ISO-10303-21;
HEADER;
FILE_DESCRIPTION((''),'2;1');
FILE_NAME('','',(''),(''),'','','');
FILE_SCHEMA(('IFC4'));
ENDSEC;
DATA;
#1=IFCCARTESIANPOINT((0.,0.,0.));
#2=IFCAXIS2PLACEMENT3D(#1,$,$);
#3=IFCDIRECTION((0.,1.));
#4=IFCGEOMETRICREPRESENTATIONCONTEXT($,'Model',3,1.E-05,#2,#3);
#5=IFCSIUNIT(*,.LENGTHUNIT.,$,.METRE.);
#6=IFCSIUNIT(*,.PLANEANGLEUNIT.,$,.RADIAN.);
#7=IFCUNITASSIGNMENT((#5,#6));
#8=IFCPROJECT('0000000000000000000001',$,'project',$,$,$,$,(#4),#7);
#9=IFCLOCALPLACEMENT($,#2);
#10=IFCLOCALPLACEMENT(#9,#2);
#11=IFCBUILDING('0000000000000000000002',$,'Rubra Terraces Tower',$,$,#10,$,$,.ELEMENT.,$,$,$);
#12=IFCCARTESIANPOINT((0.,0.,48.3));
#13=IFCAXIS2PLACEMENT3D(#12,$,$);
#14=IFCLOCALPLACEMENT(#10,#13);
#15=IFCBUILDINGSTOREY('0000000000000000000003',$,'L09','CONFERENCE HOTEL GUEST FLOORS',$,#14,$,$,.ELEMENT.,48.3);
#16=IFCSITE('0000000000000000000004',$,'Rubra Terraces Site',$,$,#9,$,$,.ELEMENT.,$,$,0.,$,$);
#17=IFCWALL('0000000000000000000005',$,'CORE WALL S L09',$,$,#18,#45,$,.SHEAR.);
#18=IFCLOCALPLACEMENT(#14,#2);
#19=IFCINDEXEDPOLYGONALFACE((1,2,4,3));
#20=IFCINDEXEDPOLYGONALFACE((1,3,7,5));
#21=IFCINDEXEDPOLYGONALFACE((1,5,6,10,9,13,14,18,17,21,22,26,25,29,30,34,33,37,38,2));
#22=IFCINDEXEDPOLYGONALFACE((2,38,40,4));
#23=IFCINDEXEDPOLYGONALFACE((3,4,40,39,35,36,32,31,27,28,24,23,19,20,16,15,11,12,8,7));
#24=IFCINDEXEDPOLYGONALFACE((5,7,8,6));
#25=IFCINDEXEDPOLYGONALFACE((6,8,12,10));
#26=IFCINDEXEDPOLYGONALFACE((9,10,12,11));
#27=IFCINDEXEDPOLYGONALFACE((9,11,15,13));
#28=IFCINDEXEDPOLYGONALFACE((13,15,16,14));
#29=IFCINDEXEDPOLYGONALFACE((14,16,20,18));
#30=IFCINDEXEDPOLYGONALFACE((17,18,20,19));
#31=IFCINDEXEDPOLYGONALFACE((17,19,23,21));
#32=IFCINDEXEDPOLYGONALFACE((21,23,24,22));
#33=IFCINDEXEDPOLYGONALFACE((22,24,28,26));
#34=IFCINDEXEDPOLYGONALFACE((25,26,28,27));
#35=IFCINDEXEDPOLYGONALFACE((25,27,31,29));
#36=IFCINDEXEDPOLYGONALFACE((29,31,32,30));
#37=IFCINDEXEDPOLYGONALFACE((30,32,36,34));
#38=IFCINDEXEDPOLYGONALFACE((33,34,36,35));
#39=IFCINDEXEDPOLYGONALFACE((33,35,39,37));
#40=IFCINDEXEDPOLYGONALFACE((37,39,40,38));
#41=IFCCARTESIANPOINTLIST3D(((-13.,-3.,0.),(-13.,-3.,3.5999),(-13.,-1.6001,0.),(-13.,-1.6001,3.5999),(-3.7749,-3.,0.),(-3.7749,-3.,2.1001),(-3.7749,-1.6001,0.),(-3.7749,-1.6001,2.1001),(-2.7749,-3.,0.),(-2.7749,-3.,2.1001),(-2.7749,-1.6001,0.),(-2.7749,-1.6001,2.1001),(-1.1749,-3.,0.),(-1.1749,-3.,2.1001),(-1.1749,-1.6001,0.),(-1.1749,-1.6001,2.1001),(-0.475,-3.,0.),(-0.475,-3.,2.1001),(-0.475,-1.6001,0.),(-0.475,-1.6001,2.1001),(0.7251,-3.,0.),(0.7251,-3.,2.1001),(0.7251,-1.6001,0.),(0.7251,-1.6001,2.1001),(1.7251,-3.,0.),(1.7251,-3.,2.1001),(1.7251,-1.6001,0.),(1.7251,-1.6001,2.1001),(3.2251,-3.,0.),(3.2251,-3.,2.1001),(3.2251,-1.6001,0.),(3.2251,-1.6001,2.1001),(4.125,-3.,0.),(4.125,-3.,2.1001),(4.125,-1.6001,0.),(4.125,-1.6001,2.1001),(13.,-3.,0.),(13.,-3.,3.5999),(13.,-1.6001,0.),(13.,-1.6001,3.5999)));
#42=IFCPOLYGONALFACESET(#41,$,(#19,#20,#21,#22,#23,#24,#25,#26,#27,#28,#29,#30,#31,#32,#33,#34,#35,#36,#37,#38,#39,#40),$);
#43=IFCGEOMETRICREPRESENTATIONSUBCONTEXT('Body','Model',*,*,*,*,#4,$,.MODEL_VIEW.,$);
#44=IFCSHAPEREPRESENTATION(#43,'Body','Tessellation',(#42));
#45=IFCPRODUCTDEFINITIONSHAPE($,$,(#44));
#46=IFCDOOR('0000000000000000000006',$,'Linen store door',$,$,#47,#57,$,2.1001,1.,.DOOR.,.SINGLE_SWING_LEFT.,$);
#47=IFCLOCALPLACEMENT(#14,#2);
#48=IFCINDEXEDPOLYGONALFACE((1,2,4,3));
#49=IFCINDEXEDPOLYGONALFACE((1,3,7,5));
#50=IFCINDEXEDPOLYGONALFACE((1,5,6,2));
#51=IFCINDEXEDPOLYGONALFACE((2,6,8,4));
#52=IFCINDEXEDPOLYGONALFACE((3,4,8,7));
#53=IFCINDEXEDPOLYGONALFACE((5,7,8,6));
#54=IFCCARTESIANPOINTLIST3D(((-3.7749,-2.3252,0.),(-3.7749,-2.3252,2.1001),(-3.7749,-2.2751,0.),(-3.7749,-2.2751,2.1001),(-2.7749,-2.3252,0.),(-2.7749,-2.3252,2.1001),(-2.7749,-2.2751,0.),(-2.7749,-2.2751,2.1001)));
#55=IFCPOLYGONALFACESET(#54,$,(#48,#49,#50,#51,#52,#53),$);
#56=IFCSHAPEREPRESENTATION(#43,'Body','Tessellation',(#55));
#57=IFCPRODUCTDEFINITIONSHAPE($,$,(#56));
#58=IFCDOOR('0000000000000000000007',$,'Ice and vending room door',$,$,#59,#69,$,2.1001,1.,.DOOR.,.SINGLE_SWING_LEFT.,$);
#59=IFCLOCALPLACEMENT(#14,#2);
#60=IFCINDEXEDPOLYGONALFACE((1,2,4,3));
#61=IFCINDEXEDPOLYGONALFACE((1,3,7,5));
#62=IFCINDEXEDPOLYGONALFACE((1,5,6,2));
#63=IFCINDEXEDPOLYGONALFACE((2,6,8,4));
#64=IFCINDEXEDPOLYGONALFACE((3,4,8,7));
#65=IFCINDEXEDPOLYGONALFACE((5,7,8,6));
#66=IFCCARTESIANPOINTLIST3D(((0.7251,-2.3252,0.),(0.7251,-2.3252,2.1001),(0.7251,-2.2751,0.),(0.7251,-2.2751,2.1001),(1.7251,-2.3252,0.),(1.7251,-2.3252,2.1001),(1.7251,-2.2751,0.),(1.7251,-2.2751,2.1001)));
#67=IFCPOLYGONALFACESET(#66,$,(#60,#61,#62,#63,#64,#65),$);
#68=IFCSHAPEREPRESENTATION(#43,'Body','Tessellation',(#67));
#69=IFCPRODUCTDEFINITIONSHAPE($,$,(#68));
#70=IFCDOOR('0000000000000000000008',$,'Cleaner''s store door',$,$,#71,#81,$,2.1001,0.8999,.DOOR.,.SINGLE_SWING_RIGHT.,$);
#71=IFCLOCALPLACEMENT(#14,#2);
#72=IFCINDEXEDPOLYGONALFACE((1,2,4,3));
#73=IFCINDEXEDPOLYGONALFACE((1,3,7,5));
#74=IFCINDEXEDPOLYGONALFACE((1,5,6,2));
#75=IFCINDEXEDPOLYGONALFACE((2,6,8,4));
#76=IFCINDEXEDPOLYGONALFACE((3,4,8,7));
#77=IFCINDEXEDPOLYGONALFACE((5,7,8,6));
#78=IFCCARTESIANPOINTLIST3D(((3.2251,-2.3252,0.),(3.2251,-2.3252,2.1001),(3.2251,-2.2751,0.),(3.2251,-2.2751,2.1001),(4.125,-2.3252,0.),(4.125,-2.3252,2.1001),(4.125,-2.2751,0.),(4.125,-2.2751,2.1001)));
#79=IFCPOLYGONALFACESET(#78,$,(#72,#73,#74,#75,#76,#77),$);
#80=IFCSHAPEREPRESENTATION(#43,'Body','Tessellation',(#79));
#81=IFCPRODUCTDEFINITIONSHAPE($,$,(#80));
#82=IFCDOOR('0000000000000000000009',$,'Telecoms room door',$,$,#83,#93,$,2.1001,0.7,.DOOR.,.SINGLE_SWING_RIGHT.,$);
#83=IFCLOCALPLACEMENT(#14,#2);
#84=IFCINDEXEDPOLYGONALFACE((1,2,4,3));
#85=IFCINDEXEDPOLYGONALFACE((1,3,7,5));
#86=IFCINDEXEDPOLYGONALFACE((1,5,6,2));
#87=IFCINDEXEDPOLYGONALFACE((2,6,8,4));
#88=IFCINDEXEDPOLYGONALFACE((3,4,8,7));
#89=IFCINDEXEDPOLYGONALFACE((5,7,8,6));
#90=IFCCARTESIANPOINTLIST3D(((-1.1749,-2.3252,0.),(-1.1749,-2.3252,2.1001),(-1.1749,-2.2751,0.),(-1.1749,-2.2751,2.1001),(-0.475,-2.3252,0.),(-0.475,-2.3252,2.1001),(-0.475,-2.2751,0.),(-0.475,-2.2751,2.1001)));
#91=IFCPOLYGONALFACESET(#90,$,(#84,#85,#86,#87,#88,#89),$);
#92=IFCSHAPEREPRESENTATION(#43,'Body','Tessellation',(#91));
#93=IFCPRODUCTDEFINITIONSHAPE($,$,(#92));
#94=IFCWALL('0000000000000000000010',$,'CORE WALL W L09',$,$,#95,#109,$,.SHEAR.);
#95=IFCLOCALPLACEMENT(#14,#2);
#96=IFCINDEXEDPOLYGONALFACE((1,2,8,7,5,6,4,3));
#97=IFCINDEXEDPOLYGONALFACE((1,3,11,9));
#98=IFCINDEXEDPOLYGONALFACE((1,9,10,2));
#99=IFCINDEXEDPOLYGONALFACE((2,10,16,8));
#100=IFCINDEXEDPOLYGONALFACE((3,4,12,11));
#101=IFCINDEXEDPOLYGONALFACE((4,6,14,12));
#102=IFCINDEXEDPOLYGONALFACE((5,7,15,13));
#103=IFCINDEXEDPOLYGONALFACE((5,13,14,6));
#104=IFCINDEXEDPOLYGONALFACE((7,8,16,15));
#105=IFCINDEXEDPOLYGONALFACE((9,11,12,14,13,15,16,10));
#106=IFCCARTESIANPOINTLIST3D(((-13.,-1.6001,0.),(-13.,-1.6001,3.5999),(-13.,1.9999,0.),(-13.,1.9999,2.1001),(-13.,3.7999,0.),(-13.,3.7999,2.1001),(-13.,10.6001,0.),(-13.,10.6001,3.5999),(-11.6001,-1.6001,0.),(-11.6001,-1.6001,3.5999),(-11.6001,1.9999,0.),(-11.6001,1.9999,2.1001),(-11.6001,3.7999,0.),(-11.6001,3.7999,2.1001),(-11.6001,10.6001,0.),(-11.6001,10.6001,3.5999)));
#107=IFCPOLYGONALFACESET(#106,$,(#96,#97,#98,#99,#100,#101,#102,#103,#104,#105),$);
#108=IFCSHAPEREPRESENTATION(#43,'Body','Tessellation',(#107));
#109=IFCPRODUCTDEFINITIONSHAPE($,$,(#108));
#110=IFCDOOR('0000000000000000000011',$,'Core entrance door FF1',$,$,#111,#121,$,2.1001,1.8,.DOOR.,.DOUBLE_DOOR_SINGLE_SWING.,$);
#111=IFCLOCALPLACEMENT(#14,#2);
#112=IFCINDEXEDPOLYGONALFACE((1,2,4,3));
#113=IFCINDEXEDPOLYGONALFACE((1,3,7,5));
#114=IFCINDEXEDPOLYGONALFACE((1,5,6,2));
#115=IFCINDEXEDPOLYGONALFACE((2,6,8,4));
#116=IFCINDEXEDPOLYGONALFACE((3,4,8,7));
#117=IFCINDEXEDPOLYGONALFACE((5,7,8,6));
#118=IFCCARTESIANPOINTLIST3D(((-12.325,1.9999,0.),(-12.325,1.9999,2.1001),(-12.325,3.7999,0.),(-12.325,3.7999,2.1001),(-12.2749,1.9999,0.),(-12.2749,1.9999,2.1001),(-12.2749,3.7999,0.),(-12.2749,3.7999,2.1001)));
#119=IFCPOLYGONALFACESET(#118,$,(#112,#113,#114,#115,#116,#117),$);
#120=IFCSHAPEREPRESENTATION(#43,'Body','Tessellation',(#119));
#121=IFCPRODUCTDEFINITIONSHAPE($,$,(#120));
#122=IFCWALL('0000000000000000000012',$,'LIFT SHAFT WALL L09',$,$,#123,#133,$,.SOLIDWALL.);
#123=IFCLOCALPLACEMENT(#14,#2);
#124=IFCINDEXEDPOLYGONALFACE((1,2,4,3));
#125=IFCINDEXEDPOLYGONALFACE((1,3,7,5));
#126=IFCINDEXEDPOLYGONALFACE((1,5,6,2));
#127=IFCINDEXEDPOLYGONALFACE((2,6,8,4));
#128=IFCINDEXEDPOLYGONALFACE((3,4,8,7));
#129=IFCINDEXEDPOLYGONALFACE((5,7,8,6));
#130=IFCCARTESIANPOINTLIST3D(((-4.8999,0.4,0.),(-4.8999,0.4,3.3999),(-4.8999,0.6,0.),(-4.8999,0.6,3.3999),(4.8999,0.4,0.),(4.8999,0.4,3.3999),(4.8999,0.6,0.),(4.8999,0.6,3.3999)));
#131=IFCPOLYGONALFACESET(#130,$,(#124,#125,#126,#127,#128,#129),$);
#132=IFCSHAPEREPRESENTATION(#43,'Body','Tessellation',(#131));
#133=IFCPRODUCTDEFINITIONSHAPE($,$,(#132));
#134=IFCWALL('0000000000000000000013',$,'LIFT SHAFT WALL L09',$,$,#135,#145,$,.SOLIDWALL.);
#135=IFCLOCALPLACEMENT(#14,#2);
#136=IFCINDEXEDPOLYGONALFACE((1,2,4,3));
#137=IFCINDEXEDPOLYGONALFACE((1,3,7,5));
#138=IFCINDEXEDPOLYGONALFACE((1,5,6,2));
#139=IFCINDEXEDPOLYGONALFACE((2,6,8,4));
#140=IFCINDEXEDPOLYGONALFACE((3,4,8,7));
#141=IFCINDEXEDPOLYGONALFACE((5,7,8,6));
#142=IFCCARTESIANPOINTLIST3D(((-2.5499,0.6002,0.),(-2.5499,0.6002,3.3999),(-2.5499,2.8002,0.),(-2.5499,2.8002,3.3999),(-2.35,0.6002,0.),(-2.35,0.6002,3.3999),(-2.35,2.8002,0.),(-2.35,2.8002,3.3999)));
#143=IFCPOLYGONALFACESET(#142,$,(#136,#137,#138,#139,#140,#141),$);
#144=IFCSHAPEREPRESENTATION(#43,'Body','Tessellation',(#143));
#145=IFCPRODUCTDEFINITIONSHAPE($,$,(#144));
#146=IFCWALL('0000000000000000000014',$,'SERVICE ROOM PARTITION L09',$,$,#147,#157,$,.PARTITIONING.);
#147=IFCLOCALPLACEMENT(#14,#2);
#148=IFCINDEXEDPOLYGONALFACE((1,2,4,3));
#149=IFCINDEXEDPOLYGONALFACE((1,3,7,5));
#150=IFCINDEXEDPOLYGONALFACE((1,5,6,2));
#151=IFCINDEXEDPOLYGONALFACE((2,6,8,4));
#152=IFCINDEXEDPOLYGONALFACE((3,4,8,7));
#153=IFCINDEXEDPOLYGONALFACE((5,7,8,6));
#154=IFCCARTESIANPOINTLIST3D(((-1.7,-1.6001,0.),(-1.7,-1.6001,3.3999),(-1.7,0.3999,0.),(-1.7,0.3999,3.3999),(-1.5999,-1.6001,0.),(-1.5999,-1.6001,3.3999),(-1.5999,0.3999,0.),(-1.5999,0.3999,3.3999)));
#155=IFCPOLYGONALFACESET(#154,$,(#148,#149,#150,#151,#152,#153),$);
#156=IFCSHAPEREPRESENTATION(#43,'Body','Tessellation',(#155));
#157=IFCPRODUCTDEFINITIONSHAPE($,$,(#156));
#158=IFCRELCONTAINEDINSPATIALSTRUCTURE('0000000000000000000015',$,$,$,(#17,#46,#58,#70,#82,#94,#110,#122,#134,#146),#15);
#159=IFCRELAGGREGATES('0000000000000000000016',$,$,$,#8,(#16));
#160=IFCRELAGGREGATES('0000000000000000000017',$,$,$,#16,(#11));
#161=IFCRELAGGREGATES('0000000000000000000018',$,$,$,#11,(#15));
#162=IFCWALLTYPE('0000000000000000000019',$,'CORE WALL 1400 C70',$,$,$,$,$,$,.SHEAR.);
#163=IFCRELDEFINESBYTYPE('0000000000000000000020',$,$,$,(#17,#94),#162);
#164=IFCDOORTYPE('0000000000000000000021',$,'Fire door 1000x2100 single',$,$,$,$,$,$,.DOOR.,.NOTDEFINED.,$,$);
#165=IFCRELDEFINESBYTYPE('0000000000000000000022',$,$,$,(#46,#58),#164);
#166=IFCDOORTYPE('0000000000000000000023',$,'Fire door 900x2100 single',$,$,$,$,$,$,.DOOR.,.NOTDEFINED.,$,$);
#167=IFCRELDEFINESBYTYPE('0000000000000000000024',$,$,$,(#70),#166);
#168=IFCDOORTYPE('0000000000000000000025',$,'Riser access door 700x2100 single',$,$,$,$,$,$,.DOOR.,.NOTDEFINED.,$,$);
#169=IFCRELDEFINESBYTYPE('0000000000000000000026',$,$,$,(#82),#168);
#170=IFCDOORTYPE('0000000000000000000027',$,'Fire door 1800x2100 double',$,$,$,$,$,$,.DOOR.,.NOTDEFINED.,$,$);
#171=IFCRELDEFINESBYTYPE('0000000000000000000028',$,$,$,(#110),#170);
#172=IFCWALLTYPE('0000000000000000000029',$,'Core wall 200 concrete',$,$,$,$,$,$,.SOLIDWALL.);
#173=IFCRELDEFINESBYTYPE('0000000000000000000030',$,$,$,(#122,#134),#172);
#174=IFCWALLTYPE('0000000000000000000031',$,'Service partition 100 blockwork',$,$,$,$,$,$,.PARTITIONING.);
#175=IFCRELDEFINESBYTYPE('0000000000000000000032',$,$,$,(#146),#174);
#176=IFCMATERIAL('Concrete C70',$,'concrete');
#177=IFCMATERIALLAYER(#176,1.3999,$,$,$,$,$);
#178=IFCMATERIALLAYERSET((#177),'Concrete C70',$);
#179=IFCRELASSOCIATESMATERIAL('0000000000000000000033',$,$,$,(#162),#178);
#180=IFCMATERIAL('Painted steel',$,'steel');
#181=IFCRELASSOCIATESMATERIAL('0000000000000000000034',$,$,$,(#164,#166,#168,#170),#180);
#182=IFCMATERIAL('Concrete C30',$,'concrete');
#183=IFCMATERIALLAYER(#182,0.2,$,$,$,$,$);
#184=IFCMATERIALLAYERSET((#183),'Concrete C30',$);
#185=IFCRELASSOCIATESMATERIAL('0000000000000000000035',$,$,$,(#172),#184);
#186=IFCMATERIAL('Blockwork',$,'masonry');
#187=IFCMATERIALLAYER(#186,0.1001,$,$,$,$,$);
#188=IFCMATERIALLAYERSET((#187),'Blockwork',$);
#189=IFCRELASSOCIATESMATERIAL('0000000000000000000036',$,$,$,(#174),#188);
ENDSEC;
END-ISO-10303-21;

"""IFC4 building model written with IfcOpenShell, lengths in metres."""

from ifc_helpers import new_model, si_unit, direction, frame, frame_2d, origin, place, context, subcontext, project, spatial, rectangle, extrude, material, layer, layer_set, type_object, element, fill, save


model = new_model("IFC4")

# Units and contexts
model_context = context("Model", 3, precision=1e-05, world=origin(), true_north=direction((0.0, 1.0)))
body_context = subcontext(model_context, "Body", "Model", "MODEL_VIEW")
ifc_project = project(units=[si_unit("LENGTHUNIT", "METRE"), si_unit("PLANEANGLEUNIT", "RADIAN")], contexts=[model_context])

# Site, building, storey
site_placement = place(None, origin())
site = spatial("IfcSite", under=ifc_project, at=site_placement, Name="Rubra Terraces Site", CompositionType="ELEMENT", RefElevation=0.0)
building_placement = place(site_placement, origin())
building = spatial("IfcBuilding", under=site, at=building_placement, Name="Rubra Terraces Tower", CompositionType="ELEMENT")
storey_placement = place(building_placement, frame((0.0, 0.0, 48.3)))
storey = spatial("IfcBuildingStorey", under=building, at=storey_placement, Name="L09", Description="CONFERENCE HOTEL GUEST FLOORS", CompositionType="ELEMENT", Elevation=48.3)

# Wall, openings, doors
ifc_material_1 = material(Name="Concrete C70", Category="concrete")
ifc_layer_1 = layer(ifc_material_1, 1.3999)
ifc_layer_set_1 = layer_set([ifc_layer_1], Name="Concrete C70")
wall_type_1 = type_object("IfcWallType", Name="CORE WALL 1400 C70", PredefinedType="SHEAR", material=ifc_layer_set_1)
wall_1_placement = place(storey_placement, frame((-13.0, -2.3, 0.0), z_axis=(0.0, 0.0, 1.0), x_axis=(1.0, 0.0, 0.0)))
wall_1 = element("IfcWall", 1, at=wall_1_placement, inside=storey, type_object=wall_type_1, Name="CORE WALL S L09", PredefinedType="SHEAR", context=body_context, shape_type="SweptSolid", body=[
    extrude(rectangle(XDim=26.0, YDim=1.3999, at=frame_2d((13.0, 0.0))), origin(), (0.0, 0.0, 1.0), 3.5999),
])
opening_1_placement = place(wall_1_placement, frame((9.2251, 0.0, 0.0)))
opening_1 = element("IfcOpeningElement", 2, at=opening_1_placement, cuts=wall_1, PredefinedType="OPENING", context=body_context, shape_type="SweptSolid", body=[
    extrude(rectangle(XDim=1.0, YDim=2.1001, at=frame_2d((0.5, 1.05))), frame((0.0, 0.71, 0.0), z_axis=(0.0, -1.0, 0.0), x_axis=(1.0, 0.0, 0.0)), (0.0, 0.0, 1.0), 1.4199),
])
opening_2_placement = place(wall_1_placement, frame((11.825, 0.0, 0.0)))
opening_2 = element("IfcOpeningElement", 3, at=opening_2_placement, cuts=wall_1, PredefinedType="OPENING", context=body_context, shape_type="SweptSolid", body=[
    extrude(rectangle(XDim=0.7, YDim=2.1001, at=frame_2d((0.3501, 1.05))), frame((0.0, 0.71, 0.0), z_axis=(0.0, -1.0, 0.0), x_axis=(1.0, 0.0, 0.0)), (0.0, 0.0, 1.0), 1.4199),
])
opening_3_placement = place(wall_1_placement, frame((13.7251, 0.0, 0.0)))
opening_3 = element("IfcOpeningElement", 4, at=opening_3_placement, cuts=wall_1, PredefinedType="OPENING", context=body_context, shape_type="SweptSolid", body=[
    extrude(rectangle(XDim=1.0, YDim=2.1001, at=frame_2d((0.5, 1.05))), frame((0.0, 0.71, 0.0), z_axis=(0.0, -1.0, 0.0), x_axis=(1.0, 0.0, 0.0)), (0.0, 0.0, 1.0), 1.4199),
])
opening_4_placement = place(wall_1_placement, frame((16.2251, 0.0, 0.0)))
opening_4 = element("IfcOpeningElement", 5, at=opening_4_placement, cuts=wall_1, PredefinedType="OPENING", context=body_context, shape_type="SweptSolid", body=[
    extrude(rectangle(XDim=0.8999, YDim=2.1001, at=frame_2d((0.45, 1.05))), frame((0.0, 0.71, 0.0), z_axis=(0.0, -1.0, 0.0), x_axis=(1.0, 0.0, 0.0)), (0.0, 0.0, 1.0), 1.4199),
])
ifc_material_2 = material(Name="Painted steel", Category="steel")
door_type_1 = type_object("IfcDoorType", Name="Fire door 1000x2100 single", OperationType="NOTDEFINED", PredefinedType="DOOR", material=ifc_material_2)
door_1_placement = place(opening_1_placement, origin())
door_1 = element("IfcDoor", 6, at=door_1_placement, inside=storey, type_object=door_type_1, Name="Linen store door", OperationType="SINGLE_SWING_LEFT", OverallHeight=2.1001, OverallWidth=1.0, PredefinedType="DOOR", context=body_context, shape_type="SweptSolid", body=[
    extrude(rectangle(XDim=1.0, YDim=2.1001, at=frame_2d((0.5, 1.05))), frame((0.0, 0.0249, 0.0), z_axis=(0.0, -1.0, 0.0), x_axis=(1.0, 0.0, 0.0)), (0.0, 0.0, 1.0), 0.05),
])
fill(opening_1, door_1)
door_2_placement = place(opening_3_placement, origin())
door_2 = element("IfcDoor", 7, at=door_2_placement, inside=storey, type_object=door_type_1, Name="Ice and vending room door", OperationType="SINGLE_SWING_LEFT", OverallHeight=2.1001, OverallWidth=1.0, PredefinedType="DOOR", context=body_context, shape_type="SweptSolid", body=[
    extrude(rectangle(XDim=1.0, YDim=2.1001, at=frame_2d((0.5, 1.05))), frame((0.0, 0.0249, 0.0), z_axis=(0.0, -1.0, 0.0), x_axis=(1.0, 0.0, 0.0)), (0.0, 0.0, 1.0), 0.05),
])
fill(opening_3, door_2)
door_type_2 = type_object("IfcDoorType", Name="Fire door 900x2100 single", OperationType="NOTDEFINED", PredefinedType="DOOR", material=ifc_material_2)
door_3_placement = place(opening_4_placement, origin())
door_3 = element("IfcDoor", 8, at=door_3_placement, inside=storey, type_object=door_type_2, Name="Cleaner's store door", OperationType="SINGLE_SWING_RIGHT", OverallHeight=2.1001, OverallWidth=0.8999, PredefinedType="DOOR", context=body_context, shape_type="SweptSolid", body=[
    extrude(rectangle(XDim=0.8999, YDim=2.1001, at=frame_2d((0.45, 1.05))), frame((0.0, 0.0249, 0.0), z_axis=(0.0, -1.0, 0.0), x_axis=(1.0, 0.0, 0.0)), (0.0, 0.0, 1.0), 0.05),
])
fill(opening_4, door_3)
door_type_3 = type_object("IfcDoorType", Name="Riser access door 700x2100 single", OperationType="NOTDEFINED", PredefinedType="DOOR", material=ifc_material_2)
door_4_placement = place(opening_2_placement, origin())
door_4 = element("IfcDoor", 9, at=door_4_placement, inside=storey, type_object=door_type_3, Name="Telecoms room door", OperationType="SINGLE_SWING_RIGHT", OverallHeight=2.1001, OverallWidth=0.7, PredefinedType="DOOR", context=body_context, shape_type="SweptSolid", body=[
    extrude(rectangle(XDim=0.7, YDim=2.1001, at=frame_2d((0.3501, 1.05))), frame((0.0, 0.0249, 0.0), z_axis=(0.0, -1.0, 0.0), x_axis=(1.0, 0.0, 0.0)), (0.0, 0.0, 1.0), 0.05),
])
fill(opening_2, door_4)

# Wall, opening, door
wall_2_placement = place(storey_placement, frame((-12.3, -1.6001, 0.0), z_axis=(0.0, 0.0, 1.0), x_axis=(0.0, 1.0, 0.0)))
wall_2 = element("IfcWall", 10, at=wall_2_placement, inside=storey, type_object=wall_type_1, Name="CORE WALL W L09", PredefinedType="SHEAR", context=body_context, shape_type="SweptSolid", body=[
    extrude(rectangle(XDim=12.2002, YDim=1.3999, at=frame_2d((6.1001, 0.0))), origin(), (0.0, 0.0, 1.0), 3.5999),
])
opening_5_placement = place(wall_2_placement, frame((3.6001, 0.0, 0.0)))
opening_5 = element("IfcOpeningElement", 11, at=opening_5_placement, cuts=wall_2, PredefinedType="OPENING", context=body_context, shape_type="SweptSolid", body=[
    extrude(rectangle(XDim=1.8, YDim=2.1001, at=frame_2d((0.8999, 1.05))), frame((0.0, 0.71, 0.0), z_axis=(0.0, -1.0, 0.0), x_axis=(1.0, 0.0, 0.0)), (0.0, 0.0, 1.0), 1.4199),
])
door_type_4 = type_object("IfcDoorType", Name="Fire door 1800x2100 double", OperationType="NOTDEFINED", PredefinedType="DOOR", material=ifc_material_2)
door_5_placement = place(opening_5_placement, origin())
door_5 = element("IfcDoor", 12, at=door_5_placement, inside=storey, type_object=door_type_4, Name="Core entrance door FF1", OperationType="DOUBLE_DOOR_SINGLE_SWING", OverallHeight=2.1001, OverallWidth=1.8, PredefinedType="DOOR", context=body_context, shape_type="SweptSolid", body=[
    extrude(rectangle(XDim=1.8, YDim=2.1001, at=frame_2d((0.8999, 1.05))), frame((0.0, 0.0249, 0.0), z_axis=(0.0, -1.0, 0.0), x_axis=(1.0, 0.0, 0.0)), (0.0, 0.0, 1.0), 0.05),
])
fill(opening_5, door_5)

# Walls
ifc_material_3 = material(Name="Concrete C30", Category="concrete")
ifc_layer_2 = layer(ifc_material_3, 0.2)
ifc_layer_set_2 = layer_set([ifc_layer_2], Name="Concrete C30")
wall_type_2 = type_object("IfcWallType", Name="Core wall 200 concrete", PredefinedType="SOLIDWALL", material=ifc_layer_set_2)
wall_3_placement = place(storey_placement, frame((-4.8999, 0.5, 0.0), z_axis=(0.0, 0.0, 1.0), x_axis=(1.0, 0.0, 0.0)))
element("IfcWall", 13, at=wall_3_placement, inside=storey, type_object=wall_type_2, Name="LIFT SHAFT WALL L09", PredefinedType="SOLIDWALL", context=body_context, shape_type="SweptSolid", body=[
    extrude(rectangle(XDim=9.7998, YDim=0.2, at=frame_2d((4.8999, 0.0))), origin(), (0.0, 0.0, 1.0), 3.3999),
])
wall_4_placement = place(storey_placement, frame((-2.45, 0.6001, 0.0), z_axis=(0.0, 0.0, 1.0), x_axis=(0.0, 1.0, 0.0)))
element("IfcWall", 14, at=wall_4_placement, inside=storey, type_object=wall_type_2, Name="LIFT SHAFT WALL L09", PredefinedType="SOLIDWALL", context=body_context, shape_type="SweptSolid", body=[
    extrude(rectangle(XDim=2.2, YDim=0.2, at=frame_2d((1.1001, 0.0))), origin(), (0.0, 0.0, 1.0), 3.3999),
])
ifc_material_4 = material(Name="Blockwork", Category="masonry")
ifc_layer_3 = layer(ifc_material_4, 0.1001)
ifc_layer_set_3 = layer_set([ifc_layer_3], Name="Blockwork")
wall_type_3 = type_object("IfcWallType", Name="Service partition 100 blockwork", PredefinedType="PARTITIONING", material=ifc_layer_set_3)
wall_5_placement = place(storey_placement, frame((-1.6499, -1.6001, 0.0), z_axis=(0.0, 0.0, 1.0), x_axis=(0.0, 1.0, 0.0)))
element("IfcWall", 15, at=wall_5_placement, inside=storey, type_object=wall_type_3, Name="SERVICE ROOM PARTITION L09", PredefinedType="PARTITIONING", context=body_context, shape_type="SweptSolid", body=[
    extrude(rectangle(XDim=2.0, YDim=0.1001, at=frame_2d((1.0, 0.0))), origin(), (0.0, 0.0, 1.0), 3.3999),
])

save(model, "model.ifc")
